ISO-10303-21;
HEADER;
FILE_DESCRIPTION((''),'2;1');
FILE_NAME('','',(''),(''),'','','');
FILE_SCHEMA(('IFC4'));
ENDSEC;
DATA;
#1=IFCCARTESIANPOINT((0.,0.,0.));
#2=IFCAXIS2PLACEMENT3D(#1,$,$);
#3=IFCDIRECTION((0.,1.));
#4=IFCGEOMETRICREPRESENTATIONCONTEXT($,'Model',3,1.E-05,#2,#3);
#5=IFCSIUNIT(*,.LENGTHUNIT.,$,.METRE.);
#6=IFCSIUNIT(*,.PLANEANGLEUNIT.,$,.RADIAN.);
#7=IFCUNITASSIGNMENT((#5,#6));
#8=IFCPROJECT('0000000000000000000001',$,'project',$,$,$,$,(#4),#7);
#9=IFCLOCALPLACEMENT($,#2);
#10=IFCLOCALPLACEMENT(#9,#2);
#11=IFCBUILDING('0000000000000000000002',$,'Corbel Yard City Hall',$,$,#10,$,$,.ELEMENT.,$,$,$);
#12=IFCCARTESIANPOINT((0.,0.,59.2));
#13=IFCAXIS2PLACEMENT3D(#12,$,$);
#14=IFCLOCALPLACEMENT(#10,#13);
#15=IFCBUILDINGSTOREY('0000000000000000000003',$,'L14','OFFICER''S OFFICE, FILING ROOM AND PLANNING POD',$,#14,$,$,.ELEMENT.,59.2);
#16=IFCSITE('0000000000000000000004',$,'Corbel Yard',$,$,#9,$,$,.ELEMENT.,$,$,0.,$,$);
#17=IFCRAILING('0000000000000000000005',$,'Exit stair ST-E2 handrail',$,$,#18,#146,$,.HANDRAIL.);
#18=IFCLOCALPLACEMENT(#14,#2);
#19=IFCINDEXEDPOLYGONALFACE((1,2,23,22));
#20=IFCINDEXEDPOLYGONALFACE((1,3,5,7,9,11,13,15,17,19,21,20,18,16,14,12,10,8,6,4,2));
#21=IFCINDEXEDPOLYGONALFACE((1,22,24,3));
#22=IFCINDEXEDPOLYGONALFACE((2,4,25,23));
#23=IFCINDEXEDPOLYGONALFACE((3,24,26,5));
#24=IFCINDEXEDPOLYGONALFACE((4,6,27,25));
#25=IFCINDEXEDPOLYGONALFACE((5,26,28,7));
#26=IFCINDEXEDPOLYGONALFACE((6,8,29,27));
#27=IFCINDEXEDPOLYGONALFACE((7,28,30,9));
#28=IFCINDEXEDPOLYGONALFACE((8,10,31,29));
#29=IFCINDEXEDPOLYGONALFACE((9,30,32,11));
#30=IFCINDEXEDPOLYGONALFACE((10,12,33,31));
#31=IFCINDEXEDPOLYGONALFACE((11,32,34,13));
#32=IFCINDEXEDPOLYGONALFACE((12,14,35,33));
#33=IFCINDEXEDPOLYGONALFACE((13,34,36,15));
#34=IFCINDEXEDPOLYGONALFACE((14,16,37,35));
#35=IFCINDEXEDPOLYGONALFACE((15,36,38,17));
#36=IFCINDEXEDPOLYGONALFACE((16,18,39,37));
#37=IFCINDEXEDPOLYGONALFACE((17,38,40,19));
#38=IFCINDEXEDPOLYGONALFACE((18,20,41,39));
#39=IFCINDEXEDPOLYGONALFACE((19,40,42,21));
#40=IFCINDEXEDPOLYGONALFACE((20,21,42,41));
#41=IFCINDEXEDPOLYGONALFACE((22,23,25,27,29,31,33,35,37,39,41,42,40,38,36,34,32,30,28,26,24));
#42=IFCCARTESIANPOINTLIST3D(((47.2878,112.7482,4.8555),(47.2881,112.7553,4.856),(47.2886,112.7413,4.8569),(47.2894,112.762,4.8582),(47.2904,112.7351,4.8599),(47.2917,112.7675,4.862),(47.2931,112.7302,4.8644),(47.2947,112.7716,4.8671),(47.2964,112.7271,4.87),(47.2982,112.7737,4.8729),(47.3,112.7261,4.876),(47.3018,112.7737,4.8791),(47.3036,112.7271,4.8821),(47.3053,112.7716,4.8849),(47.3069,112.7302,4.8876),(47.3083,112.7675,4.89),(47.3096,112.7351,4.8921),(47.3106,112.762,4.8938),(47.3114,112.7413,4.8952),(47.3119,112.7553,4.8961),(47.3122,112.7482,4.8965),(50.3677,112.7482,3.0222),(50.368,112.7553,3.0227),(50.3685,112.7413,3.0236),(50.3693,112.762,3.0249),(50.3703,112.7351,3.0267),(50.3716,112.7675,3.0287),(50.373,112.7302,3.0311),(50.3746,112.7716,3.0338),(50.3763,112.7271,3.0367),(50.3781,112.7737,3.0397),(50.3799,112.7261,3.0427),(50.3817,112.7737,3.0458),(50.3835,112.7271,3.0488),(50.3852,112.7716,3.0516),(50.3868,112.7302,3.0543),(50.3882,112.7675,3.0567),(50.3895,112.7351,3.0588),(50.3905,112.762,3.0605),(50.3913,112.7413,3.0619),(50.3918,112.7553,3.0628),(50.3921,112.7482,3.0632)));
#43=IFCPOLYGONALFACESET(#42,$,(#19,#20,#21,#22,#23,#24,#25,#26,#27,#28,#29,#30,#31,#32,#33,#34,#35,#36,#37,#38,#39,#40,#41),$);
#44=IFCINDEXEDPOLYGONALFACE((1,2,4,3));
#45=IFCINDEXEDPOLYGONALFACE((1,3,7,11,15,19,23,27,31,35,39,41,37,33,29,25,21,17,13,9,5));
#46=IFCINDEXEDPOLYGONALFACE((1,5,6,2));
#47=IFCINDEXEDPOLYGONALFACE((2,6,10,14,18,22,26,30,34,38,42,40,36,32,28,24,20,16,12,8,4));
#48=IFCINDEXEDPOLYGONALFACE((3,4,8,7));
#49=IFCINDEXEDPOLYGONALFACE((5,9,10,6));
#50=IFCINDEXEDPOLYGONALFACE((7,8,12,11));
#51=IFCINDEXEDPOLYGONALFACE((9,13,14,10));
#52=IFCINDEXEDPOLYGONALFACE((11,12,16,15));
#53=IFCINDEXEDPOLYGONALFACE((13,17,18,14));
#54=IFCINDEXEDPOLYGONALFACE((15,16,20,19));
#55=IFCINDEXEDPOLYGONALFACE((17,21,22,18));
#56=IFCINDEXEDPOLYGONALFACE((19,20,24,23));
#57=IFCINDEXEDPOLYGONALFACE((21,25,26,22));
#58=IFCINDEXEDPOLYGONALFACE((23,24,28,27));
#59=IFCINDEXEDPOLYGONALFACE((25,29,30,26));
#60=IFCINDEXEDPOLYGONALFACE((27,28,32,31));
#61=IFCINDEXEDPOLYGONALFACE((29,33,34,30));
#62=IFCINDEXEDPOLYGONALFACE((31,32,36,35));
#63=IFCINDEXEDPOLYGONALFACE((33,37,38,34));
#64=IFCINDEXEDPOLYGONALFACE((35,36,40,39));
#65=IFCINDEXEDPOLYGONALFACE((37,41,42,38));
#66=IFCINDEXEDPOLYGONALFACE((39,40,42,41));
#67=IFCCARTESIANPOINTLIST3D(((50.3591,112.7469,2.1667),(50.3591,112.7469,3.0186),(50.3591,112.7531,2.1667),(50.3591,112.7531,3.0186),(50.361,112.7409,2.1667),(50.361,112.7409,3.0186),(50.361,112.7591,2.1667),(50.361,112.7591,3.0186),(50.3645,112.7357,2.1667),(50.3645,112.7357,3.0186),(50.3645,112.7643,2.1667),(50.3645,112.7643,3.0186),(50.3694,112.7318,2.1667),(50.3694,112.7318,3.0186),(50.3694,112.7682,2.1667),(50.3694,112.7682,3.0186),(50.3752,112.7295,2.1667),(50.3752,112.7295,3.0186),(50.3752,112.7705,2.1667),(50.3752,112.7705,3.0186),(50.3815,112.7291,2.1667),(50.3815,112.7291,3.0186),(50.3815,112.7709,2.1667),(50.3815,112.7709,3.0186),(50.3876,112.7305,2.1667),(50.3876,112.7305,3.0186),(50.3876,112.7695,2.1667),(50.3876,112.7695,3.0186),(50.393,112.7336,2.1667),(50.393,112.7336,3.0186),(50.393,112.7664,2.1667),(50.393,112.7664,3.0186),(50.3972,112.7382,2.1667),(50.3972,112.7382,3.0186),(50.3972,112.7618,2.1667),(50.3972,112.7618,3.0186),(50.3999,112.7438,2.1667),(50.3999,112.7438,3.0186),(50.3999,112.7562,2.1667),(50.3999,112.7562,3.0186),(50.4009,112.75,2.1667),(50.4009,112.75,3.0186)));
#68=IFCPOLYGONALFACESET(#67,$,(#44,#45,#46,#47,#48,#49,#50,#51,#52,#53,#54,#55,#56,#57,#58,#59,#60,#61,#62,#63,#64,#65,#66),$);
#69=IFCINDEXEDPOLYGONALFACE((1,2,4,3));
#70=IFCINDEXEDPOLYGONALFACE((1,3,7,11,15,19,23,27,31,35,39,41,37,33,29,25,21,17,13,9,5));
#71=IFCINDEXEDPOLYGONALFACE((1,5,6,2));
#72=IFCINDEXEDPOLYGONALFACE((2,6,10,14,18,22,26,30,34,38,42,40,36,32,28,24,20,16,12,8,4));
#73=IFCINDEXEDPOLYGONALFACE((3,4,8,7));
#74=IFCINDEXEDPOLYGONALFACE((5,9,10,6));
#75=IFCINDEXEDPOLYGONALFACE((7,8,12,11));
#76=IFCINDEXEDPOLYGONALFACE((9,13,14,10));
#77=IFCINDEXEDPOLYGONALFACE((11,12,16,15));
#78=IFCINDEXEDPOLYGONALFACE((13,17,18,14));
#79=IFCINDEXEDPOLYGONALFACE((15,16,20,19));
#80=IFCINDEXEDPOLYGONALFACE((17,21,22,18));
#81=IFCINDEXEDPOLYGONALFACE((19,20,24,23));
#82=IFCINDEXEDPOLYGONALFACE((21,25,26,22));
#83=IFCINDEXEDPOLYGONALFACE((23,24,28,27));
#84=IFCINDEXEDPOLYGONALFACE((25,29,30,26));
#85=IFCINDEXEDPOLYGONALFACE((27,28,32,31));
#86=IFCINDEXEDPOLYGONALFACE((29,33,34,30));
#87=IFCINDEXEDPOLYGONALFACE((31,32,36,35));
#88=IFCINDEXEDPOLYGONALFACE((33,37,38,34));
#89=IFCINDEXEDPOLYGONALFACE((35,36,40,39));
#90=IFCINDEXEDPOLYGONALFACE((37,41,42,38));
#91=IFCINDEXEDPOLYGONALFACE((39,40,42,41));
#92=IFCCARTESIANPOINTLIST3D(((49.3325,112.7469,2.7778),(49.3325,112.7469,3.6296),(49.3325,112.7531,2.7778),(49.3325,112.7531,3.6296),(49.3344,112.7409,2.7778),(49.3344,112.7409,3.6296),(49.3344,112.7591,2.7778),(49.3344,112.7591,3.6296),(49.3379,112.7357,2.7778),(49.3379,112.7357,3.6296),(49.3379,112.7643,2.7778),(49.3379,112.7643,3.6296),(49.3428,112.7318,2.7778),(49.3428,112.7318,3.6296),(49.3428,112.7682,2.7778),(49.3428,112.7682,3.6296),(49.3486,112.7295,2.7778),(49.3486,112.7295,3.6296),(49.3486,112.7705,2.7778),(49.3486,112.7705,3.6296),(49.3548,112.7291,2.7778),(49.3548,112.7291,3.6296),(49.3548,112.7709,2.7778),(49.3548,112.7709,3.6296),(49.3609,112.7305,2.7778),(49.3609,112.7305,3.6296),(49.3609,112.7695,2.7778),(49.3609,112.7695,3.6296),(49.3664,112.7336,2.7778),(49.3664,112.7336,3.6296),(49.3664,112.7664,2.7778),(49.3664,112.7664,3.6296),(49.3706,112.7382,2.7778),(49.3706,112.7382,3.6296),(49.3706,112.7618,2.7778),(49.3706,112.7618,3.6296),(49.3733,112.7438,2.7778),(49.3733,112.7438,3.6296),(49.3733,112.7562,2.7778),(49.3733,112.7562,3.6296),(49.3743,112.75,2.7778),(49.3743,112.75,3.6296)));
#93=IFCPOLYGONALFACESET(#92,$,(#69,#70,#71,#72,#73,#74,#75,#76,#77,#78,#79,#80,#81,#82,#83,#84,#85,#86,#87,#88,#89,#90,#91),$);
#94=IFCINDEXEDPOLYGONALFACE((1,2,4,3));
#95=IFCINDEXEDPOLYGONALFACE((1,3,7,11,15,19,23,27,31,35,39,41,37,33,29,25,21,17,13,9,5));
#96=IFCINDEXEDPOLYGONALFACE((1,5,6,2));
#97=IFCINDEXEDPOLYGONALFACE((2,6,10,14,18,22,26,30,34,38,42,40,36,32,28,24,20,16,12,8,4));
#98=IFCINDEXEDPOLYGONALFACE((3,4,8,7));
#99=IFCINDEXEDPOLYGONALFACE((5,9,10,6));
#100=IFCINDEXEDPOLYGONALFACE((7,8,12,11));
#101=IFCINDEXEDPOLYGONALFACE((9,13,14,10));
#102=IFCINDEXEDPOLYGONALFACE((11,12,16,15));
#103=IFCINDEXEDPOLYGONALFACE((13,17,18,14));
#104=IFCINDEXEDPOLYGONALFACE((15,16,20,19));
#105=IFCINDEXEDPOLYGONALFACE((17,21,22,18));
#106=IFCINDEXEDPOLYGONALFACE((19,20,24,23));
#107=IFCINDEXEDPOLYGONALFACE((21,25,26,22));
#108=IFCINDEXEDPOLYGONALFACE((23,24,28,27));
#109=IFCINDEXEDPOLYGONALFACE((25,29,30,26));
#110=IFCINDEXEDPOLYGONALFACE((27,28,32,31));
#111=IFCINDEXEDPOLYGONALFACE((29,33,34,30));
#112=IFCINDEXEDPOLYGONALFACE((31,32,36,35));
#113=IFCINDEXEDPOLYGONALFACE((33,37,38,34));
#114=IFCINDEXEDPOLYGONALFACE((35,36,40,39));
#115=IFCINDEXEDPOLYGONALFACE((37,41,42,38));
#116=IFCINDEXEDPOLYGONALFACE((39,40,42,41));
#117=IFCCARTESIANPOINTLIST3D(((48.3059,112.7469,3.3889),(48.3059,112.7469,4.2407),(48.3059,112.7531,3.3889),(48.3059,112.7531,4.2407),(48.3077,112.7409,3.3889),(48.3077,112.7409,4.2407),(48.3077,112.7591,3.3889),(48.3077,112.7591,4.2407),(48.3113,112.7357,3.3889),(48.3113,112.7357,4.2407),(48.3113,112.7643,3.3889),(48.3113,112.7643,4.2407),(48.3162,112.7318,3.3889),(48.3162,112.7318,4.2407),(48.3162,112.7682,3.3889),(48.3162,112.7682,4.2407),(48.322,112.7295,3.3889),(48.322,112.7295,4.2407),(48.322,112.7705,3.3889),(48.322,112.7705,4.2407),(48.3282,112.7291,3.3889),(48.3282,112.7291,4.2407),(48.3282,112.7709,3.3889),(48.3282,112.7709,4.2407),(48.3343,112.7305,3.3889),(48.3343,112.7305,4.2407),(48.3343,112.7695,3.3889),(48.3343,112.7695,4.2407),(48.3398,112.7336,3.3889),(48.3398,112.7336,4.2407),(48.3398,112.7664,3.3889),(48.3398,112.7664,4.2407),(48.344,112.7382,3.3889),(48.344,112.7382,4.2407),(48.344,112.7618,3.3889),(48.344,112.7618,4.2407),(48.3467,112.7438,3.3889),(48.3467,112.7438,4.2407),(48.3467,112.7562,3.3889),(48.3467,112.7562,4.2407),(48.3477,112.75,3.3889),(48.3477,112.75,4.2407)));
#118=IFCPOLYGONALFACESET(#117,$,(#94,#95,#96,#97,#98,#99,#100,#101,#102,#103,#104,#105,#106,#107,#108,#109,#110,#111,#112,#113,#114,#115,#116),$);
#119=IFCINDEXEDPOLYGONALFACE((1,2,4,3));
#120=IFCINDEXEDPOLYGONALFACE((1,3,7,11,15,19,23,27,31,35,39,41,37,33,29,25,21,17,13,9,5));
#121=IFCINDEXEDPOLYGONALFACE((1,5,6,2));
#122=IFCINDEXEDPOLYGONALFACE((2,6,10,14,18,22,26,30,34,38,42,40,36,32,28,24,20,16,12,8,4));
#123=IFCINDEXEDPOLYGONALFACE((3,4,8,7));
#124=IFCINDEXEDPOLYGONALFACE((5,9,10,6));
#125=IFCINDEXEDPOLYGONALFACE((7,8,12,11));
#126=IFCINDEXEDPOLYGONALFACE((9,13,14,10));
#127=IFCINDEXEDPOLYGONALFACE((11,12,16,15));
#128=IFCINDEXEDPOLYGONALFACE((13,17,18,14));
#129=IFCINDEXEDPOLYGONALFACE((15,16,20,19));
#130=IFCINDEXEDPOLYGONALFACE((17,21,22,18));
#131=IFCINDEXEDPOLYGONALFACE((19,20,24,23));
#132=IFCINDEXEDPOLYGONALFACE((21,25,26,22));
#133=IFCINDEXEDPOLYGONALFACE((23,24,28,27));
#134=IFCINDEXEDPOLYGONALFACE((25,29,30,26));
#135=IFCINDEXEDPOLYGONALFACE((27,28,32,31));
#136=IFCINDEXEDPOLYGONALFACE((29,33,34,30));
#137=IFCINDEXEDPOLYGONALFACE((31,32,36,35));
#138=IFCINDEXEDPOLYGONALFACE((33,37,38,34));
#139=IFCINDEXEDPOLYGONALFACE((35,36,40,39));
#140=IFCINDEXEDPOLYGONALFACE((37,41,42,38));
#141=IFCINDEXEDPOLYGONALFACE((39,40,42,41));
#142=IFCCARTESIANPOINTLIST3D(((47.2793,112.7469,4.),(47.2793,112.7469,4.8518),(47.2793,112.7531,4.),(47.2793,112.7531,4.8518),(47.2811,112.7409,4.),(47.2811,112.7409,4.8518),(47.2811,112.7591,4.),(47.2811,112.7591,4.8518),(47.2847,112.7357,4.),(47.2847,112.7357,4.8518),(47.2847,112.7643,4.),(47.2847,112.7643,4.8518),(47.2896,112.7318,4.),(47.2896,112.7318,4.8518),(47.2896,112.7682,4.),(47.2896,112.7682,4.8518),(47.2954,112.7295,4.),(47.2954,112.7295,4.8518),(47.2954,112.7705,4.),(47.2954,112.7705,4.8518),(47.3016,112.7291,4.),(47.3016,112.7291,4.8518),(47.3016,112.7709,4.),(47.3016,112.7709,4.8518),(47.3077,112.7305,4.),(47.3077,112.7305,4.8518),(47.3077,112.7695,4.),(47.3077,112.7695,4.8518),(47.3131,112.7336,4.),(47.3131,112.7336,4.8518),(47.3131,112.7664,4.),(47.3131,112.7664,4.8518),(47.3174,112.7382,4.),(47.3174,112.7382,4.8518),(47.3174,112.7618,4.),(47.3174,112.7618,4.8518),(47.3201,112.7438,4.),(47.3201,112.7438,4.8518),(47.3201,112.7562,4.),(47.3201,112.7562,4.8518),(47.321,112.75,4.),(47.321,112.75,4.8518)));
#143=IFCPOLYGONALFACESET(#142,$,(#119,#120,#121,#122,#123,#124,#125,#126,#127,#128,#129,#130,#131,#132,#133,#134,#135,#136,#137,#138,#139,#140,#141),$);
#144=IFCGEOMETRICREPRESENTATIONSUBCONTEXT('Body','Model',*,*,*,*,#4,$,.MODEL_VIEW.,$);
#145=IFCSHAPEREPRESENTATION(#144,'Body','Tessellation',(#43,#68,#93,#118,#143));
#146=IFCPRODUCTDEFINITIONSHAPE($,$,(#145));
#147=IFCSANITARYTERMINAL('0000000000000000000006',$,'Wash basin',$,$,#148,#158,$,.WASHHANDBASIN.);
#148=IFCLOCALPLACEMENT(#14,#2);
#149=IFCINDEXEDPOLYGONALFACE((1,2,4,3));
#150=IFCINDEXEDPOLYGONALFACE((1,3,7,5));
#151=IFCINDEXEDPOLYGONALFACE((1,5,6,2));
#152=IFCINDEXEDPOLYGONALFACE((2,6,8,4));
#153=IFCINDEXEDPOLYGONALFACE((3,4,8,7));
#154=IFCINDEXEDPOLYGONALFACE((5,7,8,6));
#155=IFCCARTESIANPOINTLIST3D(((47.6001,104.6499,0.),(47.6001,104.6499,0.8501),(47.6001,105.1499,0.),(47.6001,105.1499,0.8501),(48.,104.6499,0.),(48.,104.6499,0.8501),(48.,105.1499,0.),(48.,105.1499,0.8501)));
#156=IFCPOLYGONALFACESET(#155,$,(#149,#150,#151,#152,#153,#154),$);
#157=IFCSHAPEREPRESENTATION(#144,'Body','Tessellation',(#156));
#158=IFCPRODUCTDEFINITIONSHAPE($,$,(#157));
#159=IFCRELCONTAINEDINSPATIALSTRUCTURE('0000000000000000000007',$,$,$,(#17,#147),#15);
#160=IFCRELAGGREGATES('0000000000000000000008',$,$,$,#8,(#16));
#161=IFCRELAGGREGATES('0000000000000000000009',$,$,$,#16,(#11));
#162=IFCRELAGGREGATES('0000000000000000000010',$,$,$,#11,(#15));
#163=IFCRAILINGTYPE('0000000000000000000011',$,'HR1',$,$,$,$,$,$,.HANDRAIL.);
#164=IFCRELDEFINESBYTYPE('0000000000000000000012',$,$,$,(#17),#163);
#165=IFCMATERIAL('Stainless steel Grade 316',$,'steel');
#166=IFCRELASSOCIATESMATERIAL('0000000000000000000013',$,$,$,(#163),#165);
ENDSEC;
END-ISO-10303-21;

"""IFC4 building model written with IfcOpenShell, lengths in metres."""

from ifc_helpers import new_model, si_unit, direction, frame, origin, origin_2d, place, context, subcontext, project, spatial, rectangle, circle, extrude, material, type_object, element, save


model = new_model("IFC4")

# Units and contexts
model_context = context("Model", 3, precision=1e-05, world=origin(), true_north=direction((0.0, 1.0)))
body_context = subcontext(model_context, "Body", "Model", "MODEL_VIEW")
ifc_project = project(units=[si_unit("LENGTHUNIT", "METRE"), si_unit("PLANEANGLEUNIT", "RADIAN")], contexts=[model_context])

# Site, building, storey
site_placement = place(None, origin())
site = spatial("IfcSite", under=ifc_project, at=site_placement, Name="Corbel Yard", CompositionType="ELEMENT", RefElevation=0.0)
building_placement = place(site_placement, origin())
building = spatial("IfcBuilding", under=site, at=building_placement, Name="Corbel Yard City Hall", CompositionType="ELEMENT")
storey_placement = place(building_placement, frame((0.0, 0.0, 59.2)))
storey = spatial("IfcBuildingStorey", under=building, at=storey_placement, Name="L14", Description="OFFICER'S OFFICE, FILING ROOM AND PLANNING POD", CompositionType="ELEMENT", Elevation=59.2)

# Shared definitions
ifc_material_1 = material(Name="Stainless steel Grade 316", Category="steel")

# Railing
railing_type = type_object("IfcRailingType", Name="HR1", PredefinedType="HANDRAIL", material=ifc_material_1)
for number, where, name in (
    (1, (50.3799, 112.75, 2.1667), "Exit stair ST-E2 handrail"),
):
    element("IfcRailing", number, at=place(storey_placement, frame(where)), inside=storey, type_object=railing_type, Name=name, PredefinedType="HANDRAIL", context=body_context, shape_type="SweptSolid", body=[
        extrude(circle(Radius=0.0239, at=origin_2d()), frame((0.0, 0.0, 0.876), z_axis=(-0.859291, 0.0, 0.511487), x_axis=(0.0, -1.0, 0.0)), (0.0, 0.0, 1.0), 3.5842),
        extrude(circle(Radius=0.021, at=origin_2d()), origin(), (0.0, 0.0, 1.0), 0.8518),
        extrude(circle(Radius=0.021, at=origin_2d()), frame((-1.0266, 0.0, 0.6111)), (0.0, 0.0, 1.0), 0.8518),
        extrude(circle(Radius=0.021, at=origin_2d()), frame((-2.0532, 0.0, 1.2222)), (0.0, 0.0, 1.0), 0.8518),
        extrude(circle(Radius=0.021, at=origin_2d()), frame((-3.0798, 0.0, 1.8333)), (0.0, 0.0, 1.0), 0.8518),
    ])

# Sanitary terminal
sanitary_terminal_placement = place(storey_placement, frame((47.8, 104.8999, 0.0), z_axis=(0.0, 0.0, 1.0), x_axis=(1.0, 0.0, 0.0)))
element("IfcSanitaryTerminal", 2, at=sanitary_terminal_placement, inside=storey, Name="Wash basin", PredefinedType="WASHHANDBASIN", context=body_context, shape_type="SweptSolid", body=[
    extrude(rectangle(XDim=0.3999, YDim=0.5, at=origin_2d()), origin(), (0.0, 0.0, 1.0), 0.8501),
])

save(model, "model.ifc")
